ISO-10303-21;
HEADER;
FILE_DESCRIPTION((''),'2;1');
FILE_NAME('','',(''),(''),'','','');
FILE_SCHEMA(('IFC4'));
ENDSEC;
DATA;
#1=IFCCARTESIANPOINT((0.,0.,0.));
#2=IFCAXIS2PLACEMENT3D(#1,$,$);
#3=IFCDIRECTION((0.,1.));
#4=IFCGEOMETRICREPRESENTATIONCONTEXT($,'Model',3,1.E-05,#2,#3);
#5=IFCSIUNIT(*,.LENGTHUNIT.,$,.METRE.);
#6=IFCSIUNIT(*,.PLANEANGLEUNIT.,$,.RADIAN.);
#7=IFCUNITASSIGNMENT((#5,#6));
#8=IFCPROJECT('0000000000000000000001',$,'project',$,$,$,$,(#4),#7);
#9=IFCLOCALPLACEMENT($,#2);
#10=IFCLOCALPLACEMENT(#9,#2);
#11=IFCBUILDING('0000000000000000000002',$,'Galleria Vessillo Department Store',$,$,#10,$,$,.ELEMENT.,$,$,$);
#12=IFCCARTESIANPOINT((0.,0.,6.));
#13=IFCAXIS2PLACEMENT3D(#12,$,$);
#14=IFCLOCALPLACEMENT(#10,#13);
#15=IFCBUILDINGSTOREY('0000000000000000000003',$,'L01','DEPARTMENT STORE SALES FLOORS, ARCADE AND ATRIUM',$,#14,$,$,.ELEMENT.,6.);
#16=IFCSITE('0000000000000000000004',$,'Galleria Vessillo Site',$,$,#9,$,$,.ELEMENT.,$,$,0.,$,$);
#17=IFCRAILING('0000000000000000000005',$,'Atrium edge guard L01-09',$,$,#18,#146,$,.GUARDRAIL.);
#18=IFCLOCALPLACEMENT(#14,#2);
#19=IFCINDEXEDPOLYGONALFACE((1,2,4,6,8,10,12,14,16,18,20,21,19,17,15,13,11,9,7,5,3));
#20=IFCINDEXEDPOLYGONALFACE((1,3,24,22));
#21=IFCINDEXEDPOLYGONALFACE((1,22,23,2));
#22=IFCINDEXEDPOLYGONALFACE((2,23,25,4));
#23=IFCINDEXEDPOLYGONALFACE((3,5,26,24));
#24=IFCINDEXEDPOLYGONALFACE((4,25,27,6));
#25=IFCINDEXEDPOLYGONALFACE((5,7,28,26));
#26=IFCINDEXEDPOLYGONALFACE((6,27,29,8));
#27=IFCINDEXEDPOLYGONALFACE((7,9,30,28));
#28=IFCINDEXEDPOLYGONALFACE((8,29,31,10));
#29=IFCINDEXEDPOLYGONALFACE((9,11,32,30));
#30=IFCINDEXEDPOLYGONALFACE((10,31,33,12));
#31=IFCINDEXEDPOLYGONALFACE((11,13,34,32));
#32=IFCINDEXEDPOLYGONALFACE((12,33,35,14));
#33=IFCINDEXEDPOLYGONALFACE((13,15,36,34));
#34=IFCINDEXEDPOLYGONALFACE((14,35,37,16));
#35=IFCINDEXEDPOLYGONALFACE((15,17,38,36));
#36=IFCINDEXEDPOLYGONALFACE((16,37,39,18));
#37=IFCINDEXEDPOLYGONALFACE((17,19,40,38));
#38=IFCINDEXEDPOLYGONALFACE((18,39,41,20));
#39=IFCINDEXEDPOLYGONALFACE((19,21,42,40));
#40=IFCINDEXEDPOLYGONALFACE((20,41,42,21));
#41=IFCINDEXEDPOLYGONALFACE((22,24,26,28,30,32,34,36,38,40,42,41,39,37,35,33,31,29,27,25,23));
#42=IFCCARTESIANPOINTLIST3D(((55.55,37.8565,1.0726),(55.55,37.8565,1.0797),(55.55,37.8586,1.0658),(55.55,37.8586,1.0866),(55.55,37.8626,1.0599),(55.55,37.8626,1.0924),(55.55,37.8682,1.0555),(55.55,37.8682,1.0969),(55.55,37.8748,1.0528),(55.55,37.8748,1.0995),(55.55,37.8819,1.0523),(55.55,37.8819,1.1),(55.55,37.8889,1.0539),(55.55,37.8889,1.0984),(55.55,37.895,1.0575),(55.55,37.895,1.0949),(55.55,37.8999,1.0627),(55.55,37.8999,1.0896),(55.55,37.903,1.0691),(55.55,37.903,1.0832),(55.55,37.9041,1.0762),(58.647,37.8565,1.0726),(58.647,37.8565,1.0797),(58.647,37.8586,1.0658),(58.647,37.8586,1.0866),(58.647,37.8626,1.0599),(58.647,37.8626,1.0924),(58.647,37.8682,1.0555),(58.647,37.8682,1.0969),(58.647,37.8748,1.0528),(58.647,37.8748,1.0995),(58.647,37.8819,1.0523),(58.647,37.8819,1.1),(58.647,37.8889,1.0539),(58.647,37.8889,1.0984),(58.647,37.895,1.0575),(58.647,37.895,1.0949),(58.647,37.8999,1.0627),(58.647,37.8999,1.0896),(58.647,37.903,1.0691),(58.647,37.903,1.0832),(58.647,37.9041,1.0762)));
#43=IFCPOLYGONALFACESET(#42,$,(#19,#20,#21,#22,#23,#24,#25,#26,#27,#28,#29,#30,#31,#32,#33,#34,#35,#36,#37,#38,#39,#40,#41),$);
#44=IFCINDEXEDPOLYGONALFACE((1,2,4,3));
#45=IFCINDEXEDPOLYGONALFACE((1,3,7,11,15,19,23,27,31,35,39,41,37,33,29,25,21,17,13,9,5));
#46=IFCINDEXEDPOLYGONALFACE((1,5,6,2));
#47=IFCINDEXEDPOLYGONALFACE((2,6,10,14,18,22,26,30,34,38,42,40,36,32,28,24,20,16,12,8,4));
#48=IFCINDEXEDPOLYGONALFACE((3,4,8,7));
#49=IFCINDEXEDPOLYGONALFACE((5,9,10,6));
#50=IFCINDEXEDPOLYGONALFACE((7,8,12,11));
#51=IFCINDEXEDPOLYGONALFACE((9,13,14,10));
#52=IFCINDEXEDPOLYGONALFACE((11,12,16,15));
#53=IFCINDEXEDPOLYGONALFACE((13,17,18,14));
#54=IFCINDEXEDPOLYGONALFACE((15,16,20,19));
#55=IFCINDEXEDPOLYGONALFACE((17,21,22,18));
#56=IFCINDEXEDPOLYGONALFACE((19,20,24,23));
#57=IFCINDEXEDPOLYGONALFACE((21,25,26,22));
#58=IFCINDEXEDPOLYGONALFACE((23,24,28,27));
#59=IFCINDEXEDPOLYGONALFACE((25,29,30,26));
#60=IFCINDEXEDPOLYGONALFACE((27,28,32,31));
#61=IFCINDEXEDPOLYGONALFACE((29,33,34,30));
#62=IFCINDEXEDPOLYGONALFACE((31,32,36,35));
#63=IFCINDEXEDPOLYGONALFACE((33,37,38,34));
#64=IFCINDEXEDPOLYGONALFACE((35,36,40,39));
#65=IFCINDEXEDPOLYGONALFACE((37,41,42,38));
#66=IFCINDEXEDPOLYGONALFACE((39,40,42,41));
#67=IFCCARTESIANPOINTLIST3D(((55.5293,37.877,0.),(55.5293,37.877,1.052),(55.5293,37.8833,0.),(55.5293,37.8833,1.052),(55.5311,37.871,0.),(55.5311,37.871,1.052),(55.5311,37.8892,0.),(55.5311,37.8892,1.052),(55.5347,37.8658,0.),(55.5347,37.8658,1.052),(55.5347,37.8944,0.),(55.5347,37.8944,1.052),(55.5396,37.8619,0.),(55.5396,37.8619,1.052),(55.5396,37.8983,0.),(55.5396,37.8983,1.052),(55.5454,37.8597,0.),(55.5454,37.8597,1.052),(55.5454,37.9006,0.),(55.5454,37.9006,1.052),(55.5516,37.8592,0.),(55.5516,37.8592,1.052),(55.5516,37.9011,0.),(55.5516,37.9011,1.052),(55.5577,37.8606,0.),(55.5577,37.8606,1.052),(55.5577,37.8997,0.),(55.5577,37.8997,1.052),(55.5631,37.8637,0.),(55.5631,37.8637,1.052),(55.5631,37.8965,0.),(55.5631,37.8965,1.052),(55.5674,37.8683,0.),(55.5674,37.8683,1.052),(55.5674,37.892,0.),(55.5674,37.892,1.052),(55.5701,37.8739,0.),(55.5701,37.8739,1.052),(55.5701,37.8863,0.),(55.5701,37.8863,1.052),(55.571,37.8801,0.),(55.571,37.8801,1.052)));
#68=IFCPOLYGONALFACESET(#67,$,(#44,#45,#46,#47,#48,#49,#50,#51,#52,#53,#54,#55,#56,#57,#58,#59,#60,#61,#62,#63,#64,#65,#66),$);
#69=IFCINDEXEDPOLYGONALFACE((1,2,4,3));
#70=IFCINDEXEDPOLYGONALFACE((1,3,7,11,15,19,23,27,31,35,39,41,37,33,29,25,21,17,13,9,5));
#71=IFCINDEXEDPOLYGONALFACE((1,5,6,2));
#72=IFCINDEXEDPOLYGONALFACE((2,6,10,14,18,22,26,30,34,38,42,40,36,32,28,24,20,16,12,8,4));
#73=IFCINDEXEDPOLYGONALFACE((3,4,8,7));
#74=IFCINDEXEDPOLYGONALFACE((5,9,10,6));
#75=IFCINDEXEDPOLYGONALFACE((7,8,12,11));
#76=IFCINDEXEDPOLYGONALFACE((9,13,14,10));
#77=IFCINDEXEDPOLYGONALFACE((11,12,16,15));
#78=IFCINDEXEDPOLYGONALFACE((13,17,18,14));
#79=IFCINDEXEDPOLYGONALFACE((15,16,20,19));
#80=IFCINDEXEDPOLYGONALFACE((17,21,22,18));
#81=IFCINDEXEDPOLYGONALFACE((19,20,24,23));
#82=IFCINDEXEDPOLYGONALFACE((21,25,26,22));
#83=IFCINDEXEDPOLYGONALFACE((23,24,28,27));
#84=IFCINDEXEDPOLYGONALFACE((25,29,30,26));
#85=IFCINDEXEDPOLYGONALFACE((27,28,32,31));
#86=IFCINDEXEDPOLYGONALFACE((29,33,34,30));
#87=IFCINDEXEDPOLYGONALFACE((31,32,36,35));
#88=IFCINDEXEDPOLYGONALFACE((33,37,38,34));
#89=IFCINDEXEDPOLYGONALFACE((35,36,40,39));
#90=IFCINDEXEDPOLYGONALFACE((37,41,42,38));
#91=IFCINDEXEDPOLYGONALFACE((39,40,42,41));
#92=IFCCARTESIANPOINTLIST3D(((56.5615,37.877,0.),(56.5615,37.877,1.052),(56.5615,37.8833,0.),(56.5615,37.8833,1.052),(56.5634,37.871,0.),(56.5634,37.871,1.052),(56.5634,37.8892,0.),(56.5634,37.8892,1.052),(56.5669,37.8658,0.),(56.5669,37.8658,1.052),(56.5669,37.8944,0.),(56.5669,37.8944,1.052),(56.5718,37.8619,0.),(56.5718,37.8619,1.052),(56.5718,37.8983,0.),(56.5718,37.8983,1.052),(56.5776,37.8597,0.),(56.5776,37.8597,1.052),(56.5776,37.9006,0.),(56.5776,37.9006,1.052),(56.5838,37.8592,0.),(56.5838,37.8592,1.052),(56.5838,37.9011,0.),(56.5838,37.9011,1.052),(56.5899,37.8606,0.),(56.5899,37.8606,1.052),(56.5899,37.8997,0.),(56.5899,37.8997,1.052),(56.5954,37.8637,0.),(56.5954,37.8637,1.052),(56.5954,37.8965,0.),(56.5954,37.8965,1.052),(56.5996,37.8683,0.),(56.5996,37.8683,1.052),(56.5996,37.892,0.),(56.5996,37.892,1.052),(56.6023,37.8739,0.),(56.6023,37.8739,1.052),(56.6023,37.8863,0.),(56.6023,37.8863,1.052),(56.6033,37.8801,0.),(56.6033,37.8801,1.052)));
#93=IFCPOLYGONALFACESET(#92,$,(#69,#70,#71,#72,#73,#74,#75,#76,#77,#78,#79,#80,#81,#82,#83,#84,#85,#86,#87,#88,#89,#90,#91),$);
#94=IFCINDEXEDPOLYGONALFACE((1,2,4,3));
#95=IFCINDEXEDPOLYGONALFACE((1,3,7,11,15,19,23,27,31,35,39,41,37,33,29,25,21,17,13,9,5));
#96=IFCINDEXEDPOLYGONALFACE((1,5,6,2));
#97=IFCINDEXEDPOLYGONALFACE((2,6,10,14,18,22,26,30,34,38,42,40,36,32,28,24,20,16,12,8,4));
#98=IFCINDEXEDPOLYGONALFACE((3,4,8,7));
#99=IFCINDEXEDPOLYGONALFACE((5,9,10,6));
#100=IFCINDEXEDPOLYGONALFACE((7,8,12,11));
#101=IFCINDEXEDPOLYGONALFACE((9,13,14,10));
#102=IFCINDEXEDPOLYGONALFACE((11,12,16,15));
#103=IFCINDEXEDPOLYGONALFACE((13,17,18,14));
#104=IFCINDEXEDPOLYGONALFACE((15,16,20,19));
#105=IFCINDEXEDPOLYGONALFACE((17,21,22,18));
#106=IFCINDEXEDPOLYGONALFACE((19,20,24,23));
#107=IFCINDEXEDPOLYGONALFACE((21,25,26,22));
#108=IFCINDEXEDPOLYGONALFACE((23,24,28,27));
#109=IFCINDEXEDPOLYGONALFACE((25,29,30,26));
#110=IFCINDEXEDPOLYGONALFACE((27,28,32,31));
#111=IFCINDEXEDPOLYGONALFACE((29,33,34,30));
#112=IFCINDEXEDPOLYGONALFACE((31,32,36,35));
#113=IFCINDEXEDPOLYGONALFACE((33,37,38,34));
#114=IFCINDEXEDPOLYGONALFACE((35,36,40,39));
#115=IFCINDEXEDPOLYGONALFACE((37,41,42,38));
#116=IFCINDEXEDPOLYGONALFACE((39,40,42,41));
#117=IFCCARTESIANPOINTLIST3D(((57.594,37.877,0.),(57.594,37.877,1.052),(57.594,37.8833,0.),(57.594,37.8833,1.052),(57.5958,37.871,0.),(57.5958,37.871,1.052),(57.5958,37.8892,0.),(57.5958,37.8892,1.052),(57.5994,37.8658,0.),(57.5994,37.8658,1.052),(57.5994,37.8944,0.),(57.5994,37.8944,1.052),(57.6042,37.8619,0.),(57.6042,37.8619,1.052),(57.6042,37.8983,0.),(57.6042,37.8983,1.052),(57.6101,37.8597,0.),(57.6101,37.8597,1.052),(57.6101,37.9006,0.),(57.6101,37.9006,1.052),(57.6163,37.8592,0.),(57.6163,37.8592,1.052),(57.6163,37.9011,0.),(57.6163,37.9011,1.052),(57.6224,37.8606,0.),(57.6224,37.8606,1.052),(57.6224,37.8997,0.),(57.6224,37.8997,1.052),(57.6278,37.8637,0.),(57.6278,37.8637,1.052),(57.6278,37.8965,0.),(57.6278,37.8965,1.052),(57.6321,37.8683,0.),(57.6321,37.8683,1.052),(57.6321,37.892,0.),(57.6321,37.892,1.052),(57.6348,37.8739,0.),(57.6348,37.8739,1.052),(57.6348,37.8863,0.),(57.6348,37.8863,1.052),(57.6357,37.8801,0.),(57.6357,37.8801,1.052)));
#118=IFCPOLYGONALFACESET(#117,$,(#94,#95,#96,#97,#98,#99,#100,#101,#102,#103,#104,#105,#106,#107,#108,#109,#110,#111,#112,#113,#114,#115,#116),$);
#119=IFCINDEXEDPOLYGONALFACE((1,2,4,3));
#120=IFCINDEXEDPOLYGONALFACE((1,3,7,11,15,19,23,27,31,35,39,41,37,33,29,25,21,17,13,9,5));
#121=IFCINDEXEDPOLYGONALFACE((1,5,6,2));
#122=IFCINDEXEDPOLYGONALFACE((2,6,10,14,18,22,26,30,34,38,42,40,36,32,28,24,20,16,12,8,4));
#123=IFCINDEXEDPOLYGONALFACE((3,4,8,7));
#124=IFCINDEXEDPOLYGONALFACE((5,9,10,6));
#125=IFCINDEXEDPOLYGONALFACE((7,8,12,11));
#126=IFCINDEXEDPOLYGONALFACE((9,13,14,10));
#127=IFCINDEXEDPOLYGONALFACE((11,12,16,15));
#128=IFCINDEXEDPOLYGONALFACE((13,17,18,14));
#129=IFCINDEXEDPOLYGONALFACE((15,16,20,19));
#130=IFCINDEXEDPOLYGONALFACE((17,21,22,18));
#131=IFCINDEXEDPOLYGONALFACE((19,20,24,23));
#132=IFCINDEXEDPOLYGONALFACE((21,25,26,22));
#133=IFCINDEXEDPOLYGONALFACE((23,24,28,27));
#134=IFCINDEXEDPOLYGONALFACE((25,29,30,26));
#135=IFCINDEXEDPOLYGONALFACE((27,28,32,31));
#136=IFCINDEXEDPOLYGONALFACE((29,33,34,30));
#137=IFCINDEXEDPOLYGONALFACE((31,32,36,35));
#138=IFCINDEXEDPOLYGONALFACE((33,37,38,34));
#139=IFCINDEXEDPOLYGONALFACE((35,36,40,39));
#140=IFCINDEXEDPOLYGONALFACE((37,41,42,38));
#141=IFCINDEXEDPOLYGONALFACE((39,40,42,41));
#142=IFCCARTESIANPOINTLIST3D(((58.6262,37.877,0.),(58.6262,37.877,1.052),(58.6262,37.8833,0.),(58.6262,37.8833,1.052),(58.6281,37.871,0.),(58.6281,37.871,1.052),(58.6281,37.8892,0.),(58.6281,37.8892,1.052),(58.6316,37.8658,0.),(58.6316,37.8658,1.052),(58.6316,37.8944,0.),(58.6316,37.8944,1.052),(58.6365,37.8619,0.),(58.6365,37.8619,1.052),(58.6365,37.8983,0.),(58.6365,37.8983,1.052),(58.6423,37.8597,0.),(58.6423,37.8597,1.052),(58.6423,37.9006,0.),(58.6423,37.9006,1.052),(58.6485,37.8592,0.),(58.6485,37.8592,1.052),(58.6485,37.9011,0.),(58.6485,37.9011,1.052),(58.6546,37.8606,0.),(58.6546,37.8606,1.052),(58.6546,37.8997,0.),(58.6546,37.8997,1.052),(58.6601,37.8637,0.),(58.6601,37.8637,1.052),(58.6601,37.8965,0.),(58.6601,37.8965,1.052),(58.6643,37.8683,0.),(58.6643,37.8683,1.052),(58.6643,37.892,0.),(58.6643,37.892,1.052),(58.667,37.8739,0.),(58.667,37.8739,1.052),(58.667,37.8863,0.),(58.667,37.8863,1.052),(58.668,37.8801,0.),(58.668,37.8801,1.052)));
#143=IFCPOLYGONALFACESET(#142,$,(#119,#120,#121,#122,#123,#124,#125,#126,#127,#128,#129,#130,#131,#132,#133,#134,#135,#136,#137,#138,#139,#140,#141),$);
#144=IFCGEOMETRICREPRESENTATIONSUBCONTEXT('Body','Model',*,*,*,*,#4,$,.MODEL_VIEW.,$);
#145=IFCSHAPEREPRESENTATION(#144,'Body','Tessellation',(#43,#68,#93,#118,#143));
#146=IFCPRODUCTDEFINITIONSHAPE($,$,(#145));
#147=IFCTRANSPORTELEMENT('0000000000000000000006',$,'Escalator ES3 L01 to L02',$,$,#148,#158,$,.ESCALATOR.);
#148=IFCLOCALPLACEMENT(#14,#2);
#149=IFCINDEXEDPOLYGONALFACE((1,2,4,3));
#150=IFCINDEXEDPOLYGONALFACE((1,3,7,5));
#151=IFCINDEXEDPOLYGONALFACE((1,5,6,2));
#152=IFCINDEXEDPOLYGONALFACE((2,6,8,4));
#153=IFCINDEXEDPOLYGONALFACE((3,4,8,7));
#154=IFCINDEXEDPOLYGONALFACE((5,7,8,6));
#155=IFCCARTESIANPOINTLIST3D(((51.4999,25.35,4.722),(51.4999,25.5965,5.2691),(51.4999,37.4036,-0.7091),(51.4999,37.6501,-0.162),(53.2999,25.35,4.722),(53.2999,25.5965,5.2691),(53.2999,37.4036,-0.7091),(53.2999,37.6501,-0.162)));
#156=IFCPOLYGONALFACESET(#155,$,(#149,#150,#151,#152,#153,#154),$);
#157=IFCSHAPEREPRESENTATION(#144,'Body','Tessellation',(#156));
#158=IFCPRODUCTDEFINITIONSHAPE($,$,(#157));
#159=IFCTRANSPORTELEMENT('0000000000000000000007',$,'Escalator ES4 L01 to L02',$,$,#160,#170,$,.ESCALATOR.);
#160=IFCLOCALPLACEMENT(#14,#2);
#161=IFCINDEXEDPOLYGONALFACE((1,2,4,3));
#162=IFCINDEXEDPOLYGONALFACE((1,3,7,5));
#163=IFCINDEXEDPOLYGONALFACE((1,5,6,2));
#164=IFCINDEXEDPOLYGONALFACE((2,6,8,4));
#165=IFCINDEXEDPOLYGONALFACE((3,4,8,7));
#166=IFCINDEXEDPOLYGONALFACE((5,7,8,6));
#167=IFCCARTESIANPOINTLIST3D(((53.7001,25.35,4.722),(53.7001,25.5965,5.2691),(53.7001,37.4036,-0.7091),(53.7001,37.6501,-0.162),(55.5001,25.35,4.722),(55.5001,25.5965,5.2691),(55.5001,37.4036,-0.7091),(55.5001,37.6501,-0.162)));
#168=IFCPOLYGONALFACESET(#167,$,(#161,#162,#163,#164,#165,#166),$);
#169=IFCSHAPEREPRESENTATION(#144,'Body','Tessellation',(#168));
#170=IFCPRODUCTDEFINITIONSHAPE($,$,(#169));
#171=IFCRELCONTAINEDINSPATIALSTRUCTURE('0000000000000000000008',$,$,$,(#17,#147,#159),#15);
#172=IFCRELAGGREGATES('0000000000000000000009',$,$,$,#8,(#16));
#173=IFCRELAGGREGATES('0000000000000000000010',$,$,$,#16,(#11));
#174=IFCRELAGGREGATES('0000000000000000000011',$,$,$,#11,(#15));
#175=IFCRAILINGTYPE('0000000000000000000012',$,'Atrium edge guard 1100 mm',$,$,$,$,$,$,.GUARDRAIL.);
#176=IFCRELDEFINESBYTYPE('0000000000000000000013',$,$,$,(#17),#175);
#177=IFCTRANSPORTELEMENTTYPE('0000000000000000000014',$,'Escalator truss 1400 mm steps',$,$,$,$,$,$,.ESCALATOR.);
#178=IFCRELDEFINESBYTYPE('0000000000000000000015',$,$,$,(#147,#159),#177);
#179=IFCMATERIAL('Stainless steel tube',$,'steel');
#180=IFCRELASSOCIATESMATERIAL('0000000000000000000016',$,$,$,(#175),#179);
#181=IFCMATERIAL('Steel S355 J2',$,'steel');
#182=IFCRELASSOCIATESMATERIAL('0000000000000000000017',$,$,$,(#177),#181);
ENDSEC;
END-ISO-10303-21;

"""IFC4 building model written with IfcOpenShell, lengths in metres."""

from ifc_helpers import new_model, si_unit, direction, frame, origin, origin_2d, place, context, subcontext, project, spatial, rectangle, circle, extrude, material, material_profile, profile_set, type_object, element, save


model = new_model("IFC4")

# Units and contexts
model_context = context("Model", 3, precision=1e-05, world=origin(), true_north=direction((0.0, 1.0)))
body_context = subcontext(model_context, "Body", "Model", "MODEL_VIEW")
ifc_project = project(units=[si_unit("LENGTHUNIT", "METRE"), si_unit("PLANEANGLEUNIT", "RADIAN")], contexts=[model_context])

# Site, building, storey
site_placement = place(None, origin())
site = spatial("IfcSite", under=ifc_project, at=site_placement, Name="Galleria Vessillo Site", CompositionType="ELEMENT", RefElevation=0.0)
building_placement = place(site_placement, origin())
building = spatial("IfcBuilding", under=site, at=building_placement, Name="Galleria Vessillo Department Store", CompositionType="ELEMENT")
storey_placement = place(building_placement, frame((0.0, 0.0, 6.0)))
storey = spatial("IfcBuildingStorey", under=building, at=storey_placement, Name="L01", Description="DEPARTMENT STORE SALES FLOORS, ARCADE AND ATRIUM", CompositionType="ELEMENT", Elevation=6.0)

# Railing
ifc_material_1 = material(Name="Stainless steel tube", Category="steel")
railing_type_1 = type_object("IfcRailingType", Name="Atrium edge guard 1100 mm", PredefinedType="GUARDRAIL", material=ifc_material_1)
railing_1_placement = place(storey_placement, frame((55.55, 37.8801, 0.0)))
element("IfcRailing", 1, at=railing_1_placement, inside=storey, type_object=railing_type_1, Name="Atrium edge guard L01-09", PredefinedType="GUARDRAIL", context=body_context, shape_type="SweptSolid", body=[
    extrude(circle(Radius=0.0239, at=origin_2d()), frame((0.0, 0.0, 1.0762), z_axis=(1.0, 0.0, 0.0), x_axis=(0.0, 1.0, 0.0)), (0.0, 0.0, 1.0), 3.0969),
    extrude(circle(Radius=0.021, at=origin_2d()), origin(), (0.0, 0.0, 1.0), 1.052),
    extrude(circle(Radius=0.021, at=origin_2d()), frame((1.0322, 0.0, 0.0)), (0.0, 0.0, 1.0), 1.052),
    extrude(circle(Radius=0.021, at=origin_2d()), frame((2.0647, 0.0, 0.0)), (0.0, 0.0, 1.0), 1.052),
    extrude(circle(Radius=0.021, at=origin_2d()), frame((3.0969, 0.0, 0.0)), (0.0, 0.0, 1.0), 1.052),
])

# Transport elements
ifc_material_2 = material(Name="Steel S355 J2", Category="steel")
ifc_material_profile_1 = material_profile(ifc_material_2, rectangle(XDim=1.8, YDim=0.6001, at=origin_2d()), Name="Escalator truss 1800 x 600")
ifc_profile_set_1 = profile_set([ifc_material_profile_1], Name="Steel S355 J2")
transport_element_type = type_object("IfcTransportElementType", Name="Escalator truss 1400 mm steps", PredefinedType="ESCALATOR", material=ifc_profile_set_1)
for number, where, z_axis, x_axis, name in (
    (2, (52.3999, 37.5269, -0.4355), (0.0, -0.911724, 0.410804), (1.0, 0.0, 0.0), "Escalator ES3 L01 to L02"),
    (3, (54.6001, 37.5269, -0.4355), (0.0, -0.911724, 0.410804), (1.0, 0.0, 0.0), "Escalator ES4 L01 to L02"),
):
    element("IfcTransportElement", number, at=place(storey_placement, frame(where, z_axis=z_axis, x_axis=x_axis)), inside=storey, type_object=transport_element_type, Name=name, PredefinedType="ESCALATOR", context=body_context, shape_type="SweptSolid", body=[
        extrude(rectangle(XDim=1.8, YDim=0.6001, at=origin_2d()), origin(), (0.0, 0.0, 1.0), 13.2207),
    ])

save(model, "model.ifc")
